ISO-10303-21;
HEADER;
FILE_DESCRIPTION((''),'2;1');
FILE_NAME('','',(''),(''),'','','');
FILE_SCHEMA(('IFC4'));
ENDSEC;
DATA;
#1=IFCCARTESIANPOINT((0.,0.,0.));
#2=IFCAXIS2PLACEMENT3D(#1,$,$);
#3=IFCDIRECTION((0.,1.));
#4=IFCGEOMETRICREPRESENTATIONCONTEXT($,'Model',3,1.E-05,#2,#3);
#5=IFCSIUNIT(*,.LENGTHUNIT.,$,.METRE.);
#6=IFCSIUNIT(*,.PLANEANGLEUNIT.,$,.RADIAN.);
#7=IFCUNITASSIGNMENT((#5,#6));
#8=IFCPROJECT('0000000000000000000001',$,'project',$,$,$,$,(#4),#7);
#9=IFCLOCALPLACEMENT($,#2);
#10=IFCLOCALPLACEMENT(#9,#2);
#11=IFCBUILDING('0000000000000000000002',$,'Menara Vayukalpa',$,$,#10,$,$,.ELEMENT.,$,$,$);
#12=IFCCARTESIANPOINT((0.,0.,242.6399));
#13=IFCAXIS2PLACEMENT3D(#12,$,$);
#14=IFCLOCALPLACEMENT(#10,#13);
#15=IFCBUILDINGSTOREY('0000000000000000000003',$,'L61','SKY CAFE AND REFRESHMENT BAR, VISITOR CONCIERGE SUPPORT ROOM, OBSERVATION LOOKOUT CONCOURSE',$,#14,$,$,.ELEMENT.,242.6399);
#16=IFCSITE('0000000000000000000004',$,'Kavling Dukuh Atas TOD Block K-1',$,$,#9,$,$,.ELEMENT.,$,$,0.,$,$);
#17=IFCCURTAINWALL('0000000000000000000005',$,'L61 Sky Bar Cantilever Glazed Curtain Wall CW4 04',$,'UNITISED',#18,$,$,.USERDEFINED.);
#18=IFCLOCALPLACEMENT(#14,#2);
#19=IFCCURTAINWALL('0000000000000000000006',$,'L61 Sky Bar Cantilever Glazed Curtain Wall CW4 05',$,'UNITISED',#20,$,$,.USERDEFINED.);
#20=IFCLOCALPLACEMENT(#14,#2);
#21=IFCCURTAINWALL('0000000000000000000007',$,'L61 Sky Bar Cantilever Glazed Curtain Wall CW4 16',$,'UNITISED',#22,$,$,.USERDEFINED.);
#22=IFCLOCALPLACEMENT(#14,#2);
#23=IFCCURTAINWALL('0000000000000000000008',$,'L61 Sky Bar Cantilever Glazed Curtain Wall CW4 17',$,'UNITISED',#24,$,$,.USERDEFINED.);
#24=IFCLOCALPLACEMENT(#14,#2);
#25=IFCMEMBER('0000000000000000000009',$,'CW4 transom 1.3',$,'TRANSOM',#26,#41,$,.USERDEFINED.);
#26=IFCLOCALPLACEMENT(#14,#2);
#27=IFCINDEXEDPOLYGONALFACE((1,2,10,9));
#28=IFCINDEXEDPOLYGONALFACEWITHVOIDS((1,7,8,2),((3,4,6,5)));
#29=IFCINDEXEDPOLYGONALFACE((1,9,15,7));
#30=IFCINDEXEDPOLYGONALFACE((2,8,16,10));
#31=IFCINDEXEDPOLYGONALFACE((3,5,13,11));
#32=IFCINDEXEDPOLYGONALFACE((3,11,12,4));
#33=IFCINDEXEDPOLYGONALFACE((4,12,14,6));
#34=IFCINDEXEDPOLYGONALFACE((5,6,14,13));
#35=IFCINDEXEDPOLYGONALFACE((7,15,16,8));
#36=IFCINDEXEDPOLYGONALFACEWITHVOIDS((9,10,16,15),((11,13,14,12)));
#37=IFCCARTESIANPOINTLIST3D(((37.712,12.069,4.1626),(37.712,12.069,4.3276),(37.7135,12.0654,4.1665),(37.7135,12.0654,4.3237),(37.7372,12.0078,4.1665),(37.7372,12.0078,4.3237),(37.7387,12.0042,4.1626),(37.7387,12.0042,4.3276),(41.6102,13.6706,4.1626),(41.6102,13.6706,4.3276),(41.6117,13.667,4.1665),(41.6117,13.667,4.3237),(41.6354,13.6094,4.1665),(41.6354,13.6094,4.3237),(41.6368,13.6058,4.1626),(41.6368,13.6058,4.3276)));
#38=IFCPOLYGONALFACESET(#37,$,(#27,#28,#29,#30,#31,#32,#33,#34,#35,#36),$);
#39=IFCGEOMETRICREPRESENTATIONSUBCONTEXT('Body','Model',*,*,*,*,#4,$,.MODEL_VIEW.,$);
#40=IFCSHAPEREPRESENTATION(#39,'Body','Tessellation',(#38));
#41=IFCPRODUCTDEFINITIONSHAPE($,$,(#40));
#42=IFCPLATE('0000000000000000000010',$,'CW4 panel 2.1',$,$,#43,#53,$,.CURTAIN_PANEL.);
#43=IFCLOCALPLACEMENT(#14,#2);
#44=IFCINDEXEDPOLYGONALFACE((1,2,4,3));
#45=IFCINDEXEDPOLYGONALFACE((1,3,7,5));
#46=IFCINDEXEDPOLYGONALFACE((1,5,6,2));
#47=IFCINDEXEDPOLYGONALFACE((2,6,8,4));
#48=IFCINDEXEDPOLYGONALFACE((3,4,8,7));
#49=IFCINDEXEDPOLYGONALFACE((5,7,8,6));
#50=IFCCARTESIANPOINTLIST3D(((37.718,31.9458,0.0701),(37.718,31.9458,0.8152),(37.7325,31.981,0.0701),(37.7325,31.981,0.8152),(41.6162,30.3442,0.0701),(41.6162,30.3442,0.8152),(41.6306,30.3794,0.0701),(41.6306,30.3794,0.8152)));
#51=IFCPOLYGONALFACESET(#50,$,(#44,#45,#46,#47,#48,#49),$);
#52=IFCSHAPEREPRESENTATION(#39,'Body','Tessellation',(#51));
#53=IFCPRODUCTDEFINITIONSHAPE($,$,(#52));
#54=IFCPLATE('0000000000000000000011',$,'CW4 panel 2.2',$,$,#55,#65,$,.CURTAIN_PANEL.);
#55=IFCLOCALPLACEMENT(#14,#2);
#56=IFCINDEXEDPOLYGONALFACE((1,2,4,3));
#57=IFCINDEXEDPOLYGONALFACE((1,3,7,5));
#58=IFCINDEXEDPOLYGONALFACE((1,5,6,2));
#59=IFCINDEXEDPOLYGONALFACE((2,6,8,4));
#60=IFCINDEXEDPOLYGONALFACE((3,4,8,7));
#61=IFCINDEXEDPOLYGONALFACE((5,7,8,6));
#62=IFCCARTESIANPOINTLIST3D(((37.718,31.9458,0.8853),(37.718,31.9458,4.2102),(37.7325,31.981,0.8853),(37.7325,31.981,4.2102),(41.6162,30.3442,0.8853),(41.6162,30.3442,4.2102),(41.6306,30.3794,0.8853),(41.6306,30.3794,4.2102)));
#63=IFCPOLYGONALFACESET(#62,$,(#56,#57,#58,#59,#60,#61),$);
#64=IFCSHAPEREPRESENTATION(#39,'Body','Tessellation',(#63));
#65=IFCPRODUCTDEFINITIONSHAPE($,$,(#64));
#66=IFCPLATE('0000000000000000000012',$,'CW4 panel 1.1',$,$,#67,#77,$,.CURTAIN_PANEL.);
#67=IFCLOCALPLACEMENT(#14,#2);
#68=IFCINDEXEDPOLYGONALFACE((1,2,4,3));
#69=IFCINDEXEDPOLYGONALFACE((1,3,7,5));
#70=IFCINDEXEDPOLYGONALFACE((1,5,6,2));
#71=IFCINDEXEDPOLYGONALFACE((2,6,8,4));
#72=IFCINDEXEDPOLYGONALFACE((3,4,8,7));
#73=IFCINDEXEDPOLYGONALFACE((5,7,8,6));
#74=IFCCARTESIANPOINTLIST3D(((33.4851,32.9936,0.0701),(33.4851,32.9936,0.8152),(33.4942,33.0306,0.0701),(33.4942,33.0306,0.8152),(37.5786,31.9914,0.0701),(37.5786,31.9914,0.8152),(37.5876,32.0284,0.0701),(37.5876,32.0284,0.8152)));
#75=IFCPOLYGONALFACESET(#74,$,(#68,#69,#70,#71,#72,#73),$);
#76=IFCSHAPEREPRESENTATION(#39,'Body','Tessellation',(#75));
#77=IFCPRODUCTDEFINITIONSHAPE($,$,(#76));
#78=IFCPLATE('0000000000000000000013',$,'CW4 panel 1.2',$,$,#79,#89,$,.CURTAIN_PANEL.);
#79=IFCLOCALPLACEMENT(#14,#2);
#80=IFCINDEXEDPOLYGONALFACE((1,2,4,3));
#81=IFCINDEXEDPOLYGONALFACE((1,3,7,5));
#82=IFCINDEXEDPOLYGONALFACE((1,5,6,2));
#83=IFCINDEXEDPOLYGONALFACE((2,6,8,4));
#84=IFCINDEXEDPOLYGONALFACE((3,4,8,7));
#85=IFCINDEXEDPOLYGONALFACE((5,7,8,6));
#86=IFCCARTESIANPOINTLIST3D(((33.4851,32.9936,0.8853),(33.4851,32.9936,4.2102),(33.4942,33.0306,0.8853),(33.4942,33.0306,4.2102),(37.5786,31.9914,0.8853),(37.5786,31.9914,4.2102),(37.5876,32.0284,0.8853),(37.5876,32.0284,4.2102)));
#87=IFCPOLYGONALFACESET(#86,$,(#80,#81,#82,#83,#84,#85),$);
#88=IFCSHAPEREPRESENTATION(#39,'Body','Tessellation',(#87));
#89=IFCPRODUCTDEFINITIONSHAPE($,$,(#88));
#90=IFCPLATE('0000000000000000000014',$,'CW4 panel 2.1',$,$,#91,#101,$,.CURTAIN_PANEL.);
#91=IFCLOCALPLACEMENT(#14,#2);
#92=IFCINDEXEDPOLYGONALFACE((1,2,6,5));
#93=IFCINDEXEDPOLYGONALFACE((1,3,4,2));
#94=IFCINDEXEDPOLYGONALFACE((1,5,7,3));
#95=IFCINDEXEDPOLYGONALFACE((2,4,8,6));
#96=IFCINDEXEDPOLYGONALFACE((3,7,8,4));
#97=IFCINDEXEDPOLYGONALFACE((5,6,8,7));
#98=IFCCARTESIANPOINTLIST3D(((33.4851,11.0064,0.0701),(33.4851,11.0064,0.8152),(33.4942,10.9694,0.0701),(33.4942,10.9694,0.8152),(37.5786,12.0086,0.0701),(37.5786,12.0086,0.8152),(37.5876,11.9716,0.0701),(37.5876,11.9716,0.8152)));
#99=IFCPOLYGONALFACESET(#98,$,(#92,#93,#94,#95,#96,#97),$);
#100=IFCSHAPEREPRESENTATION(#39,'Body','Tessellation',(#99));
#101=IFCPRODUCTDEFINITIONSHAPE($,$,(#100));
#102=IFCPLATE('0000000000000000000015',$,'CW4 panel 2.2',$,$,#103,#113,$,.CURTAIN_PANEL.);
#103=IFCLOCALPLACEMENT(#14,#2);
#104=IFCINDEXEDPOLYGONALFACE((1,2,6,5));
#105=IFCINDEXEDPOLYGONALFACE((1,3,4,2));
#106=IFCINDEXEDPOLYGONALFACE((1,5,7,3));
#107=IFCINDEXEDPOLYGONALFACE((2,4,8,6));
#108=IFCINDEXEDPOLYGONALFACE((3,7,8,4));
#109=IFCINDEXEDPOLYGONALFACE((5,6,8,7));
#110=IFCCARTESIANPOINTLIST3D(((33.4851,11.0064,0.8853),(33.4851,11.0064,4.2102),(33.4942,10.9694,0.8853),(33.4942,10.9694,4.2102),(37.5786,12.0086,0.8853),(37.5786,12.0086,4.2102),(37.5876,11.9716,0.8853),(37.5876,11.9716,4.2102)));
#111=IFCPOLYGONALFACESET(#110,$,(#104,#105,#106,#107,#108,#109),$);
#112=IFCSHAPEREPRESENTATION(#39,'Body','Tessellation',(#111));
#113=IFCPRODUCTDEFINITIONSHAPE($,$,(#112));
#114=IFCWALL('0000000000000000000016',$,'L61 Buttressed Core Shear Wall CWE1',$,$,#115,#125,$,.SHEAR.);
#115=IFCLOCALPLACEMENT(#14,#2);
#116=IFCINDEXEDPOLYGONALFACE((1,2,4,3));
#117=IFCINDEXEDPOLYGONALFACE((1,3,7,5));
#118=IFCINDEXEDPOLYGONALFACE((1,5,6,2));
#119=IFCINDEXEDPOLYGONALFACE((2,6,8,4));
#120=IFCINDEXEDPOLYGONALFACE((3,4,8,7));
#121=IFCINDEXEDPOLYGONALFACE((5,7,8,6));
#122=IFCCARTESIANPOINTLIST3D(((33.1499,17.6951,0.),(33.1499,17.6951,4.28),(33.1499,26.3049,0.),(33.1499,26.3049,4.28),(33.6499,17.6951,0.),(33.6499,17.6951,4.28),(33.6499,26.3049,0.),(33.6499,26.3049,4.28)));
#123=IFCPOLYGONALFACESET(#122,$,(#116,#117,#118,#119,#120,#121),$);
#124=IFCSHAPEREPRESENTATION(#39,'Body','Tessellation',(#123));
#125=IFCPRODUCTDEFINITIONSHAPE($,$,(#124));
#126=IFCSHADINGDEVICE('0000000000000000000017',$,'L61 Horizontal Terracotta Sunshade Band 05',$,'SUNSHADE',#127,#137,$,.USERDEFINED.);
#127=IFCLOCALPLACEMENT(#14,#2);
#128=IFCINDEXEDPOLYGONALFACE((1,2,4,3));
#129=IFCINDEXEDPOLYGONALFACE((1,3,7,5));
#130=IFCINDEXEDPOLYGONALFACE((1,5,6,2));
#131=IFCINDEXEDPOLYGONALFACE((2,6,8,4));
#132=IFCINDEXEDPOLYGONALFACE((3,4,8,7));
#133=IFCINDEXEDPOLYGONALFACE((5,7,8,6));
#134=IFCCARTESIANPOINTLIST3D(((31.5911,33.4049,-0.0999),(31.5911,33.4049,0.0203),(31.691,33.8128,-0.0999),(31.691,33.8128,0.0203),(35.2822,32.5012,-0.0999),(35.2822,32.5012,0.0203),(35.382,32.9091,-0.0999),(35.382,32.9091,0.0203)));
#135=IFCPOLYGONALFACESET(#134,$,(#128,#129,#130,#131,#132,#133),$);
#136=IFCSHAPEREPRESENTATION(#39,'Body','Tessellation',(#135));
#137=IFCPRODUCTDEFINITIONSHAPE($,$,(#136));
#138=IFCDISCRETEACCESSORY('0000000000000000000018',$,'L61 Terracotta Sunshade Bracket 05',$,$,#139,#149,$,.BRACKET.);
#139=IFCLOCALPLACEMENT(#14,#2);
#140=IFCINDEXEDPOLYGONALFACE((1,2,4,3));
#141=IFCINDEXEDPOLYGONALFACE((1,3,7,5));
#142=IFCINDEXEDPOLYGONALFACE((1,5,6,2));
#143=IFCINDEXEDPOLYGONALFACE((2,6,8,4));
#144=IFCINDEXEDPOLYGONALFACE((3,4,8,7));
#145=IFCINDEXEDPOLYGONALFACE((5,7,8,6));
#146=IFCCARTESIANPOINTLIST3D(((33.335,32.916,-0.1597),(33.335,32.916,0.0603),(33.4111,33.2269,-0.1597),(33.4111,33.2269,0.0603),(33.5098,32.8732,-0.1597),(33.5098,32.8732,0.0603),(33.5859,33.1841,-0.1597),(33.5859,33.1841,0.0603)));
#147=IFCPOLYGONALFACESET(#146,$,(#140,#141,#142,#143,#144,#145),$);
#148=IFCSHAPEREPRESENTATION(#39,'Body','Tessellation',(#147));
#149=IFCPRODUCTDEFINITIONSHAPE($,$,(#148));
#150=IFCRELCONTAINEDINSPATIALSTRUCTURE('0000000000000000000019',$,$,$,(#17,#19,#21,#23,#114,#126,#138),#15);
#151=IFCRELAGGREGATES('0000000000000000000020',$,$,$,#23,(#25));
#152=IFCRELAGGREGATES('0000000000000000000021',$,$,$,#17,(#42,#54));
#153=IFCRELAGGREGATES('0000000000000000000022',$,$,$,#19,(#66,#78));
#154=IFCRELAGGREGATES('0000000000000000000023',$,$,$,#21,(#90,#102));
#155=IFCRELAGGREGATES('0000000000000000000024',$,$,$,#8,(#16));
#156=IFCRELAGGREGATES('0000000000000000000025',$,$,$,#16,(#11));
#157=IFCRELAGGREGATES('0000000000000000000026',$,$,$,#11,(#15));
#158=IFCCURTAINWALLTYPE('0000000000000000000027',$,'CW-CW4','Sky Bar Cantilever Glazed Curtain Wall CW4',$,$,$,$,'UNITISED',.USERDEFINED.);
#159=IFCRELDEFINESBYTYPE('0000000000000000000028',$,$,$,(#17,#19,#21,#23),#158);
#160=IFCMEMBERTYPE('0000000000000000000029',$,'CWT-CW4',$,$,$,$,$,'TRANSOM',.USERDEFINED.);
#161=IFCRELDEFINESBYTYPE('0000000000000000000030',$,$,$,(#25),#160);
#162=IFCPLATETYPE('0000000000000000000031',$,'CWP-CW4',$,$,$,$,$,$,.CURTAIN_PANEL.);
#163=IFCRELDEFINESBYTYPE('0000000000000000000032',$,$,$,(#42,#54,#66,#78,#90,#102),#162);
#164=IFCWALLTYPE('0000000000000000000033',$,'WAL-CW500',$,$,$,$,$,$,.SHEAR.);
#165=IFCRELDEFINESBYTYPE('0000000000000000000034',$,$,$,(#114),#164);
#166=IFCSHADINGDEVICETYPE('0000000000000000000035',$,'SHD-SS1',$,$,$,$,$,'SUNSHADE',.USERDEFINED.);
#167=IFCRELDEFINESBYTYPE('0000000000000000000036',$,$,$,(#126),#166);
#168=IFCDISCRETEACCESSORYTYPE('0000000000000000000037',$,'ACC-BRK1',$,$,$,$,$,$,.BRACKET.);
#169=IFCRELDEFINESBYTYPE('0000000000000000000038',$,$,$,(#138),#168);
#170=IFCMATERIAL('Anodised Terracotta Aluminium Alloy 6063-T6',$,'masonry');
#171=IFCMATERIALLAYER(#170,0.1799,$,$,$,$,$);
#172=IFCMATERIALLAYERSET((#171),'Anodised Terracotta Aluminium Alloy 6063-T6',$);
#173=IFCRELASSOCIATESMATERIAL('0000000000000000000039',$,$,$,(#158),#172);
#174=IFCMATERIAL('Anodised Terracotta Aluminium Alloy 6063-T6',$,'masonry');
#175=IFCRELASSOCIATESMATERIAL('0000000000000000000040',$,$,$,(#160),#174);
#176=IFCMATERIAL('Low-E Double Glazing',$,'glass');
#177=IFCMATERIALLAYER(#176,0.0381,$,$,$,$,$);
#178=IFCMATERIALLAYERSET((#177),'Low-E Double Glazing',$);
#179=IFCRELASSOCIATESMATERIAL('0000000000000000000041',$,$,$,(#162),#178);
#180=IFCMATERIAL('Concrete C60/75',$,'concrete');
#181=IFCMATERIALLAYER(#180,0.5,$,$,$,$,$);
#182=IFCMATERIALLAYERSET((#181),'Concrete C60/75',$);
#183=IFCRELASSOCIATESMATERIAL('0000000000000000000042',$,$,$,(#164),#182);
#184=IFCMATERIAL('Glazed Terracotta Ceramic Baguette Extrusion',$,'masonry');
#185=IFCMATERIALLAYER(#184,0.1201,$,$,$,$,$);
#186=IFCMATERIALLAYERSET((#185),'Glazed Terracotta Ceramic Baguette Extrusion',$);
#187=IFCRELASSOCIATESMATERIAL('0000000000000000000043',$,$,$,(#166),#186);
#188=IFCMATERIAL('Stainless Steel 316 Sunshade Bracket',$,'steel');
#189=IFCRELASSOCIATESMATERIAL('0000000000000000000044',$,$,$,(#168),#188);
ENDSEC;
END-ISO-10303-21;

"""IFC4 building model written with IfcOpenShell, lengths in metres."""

from ifc_helpers import new_model, si_unit, direction, frame, frame_2d, origin, origin_2d, place, context, subcontext, project, spatial, rectangle, hollow_rectangle, extrude, material, layer, layer_set, material_profile, profile_set, type_object, element, aggregate, save


model = new_model("IFC4")

# Units and contexts
model_context = context("Model", 3, precision=1e-05, world=origin(), true_north=direction((0.0, 1.0)))
body_context = subcontext(model_context, "Body", "Model", "MODEL_VIEW")
ifc_project = project(units=[si_unit("LENGTHUNIT", "METRE"), si_unit("PLANEANGLEUNIT", "RADIAN")], contexts=[model_context])

# Site, building, storey
site_placement = place(None, origin())
site = spatial("IfcSite", under=ifc_project, at=site_placement, Name="Kavling Dukuh Atas TOD Block K-1", CompositionType="ELEMENT", RefElevation=0.0)
building_placement = place(site_placement, origin())
building = spatial("IfcBuilding", under=site, at=building_placement, Name="Menara Vayukalpa", CompositionType="ELEMENT")
storey_placement = place(building_placement, frame((0.0, 0.0, 242.6399)))
storey = spatial("IfcBuildingStorey", under=building, at=storey_placement, Name="L61", Description="SKY CAFE AND REFRESHMENT BAR, VISITOR CONCIERGE SUPPORT ROOM, OBSERVATION LOOKOUT CONCOURSE", CompositionType="ELEMENT", Elevation=242.6399)

# Curtain wall
ifc_material_1 = material(Name="Anodised Terracotta Aluminium Alloy 6063-T6", Category="masonry")
ifc_layer_1 = layer(ifc_material_1, 0.1799)
ifc_layer_set_1 = layer_set([ifc_layer_1], Name="Anodised Terracotta Aluminium Alloy 6063-T6")
curtain_wall_type = type_object("IfcCurtainWallType", Name="CW-CW4", Description="Sky Bar Cantilever Glazed Curtain Wall CW4", ElementType="UNITISED", PredefinedType="USERDEFINED", material=ifc_layer_set_1)
curtain_wall_1_placement = place(storey_placement, origin())
curtain_wall_1 = element("IfcCurtainWall", 1, at=curtain_wall_1_placement, inside=storey, type_object=curtain_wall_type, Name="L61 Sky Bar Cantilever Glazed Curtain Wall CW4 04", ObjectType="UNITISED", PredefinedType="USERDEFINED")

# Curtain walls
curtain_wall_2_placement = place(storey_placement, origin())
curtain_wall_2 = element("IfcCurtainWall", 2, at=curtain_wall_2_placement, inside=storey, type_object=curtain_wall_type, Name="L61 Sky Bar Cantilever Glazed Curtain Wall CW4 05", ObjectType="UNITISED", PredefinedType="USERDEFINED")
curtain_wall_3_placement = place(storey_placement, origin())
curtain_wall_3 = element("IfcCurtainWall", 3, at=curtain_wall_3_placement, inside=storey, type_object=curtain_wall_type, Name="L61 Sky Bar Cantilever Glazed Curtain Wall CW4 16", ObjectType="UNITISED", PredefinedType="USERDEFINED")

# Curtain wall
curtain_wall_4_placement = place(storey_placement, origin())
curtain_wall_4 = element("IfcCurtainWall", 4, at=curtain_wall_4_placement, inside=storey, type_object=curtain_wall_type, Name="L61 Sky Bar Cantilever Glazed Curtain Wall CW4 17", ObjectType="UNITISED", PredefinedType="USERDEFINED")

# Member
ifc_material_2 = material(Name="Anodised Terracotta Aluminium Alloy 6063-T6", Category="masonry")
ifc_material_profile_1 = material_profile(ifc_material_2, hollow_rectangle(XDim=0.0701, YDim=0.165, WallThickness=0.0039, at=origin_2d()), Name="ALU 70x165x4")
ifc_profile_set_1 = profile_set([ifc_material_profile_1], Name="Anodised Terracotta Aluminium Alloy 6063-T6")
member_type_1 = type_object("IfcMemberType", Name="CWT-CW4", ElementType="TRANSOM", PredefinedType="USERDEFINED", material=ifc_profile_set_1)
member_1_placement = place(storey_placement, frame((37.7253, 12.0366, 4.2451), z_axis=(0.924977, 0.380024, 0.0), x_axis=(-0.380024, 0.924977, 0.0)))
member_1 = element("IfcMember", 5, at=member_1_placement, type_object=member_type_1, Name="CW4 transom 1.3", ObjectType="TRANSOM", PredefinedType="USERDEFINED", context=body_context, shape_type="SweptSolid", body=[
    extrude(hollow_rectangle(XDim=0.0701, YDim=0.165, WallThickness=0.0039, at=origin_2d()), origin(), (0.0, 0.0, 1.0), 4.2144),
])
aggregate(curtain_wall_4, [member_1])

# Plates
ifc_material_3 = material(Name="Low-E Double Glazing", Category="glass")
ifc_layer_2 = layer(ifc_material_3, 0.0381)
ifc_layer_set_2 = layer_set([ifc_layer_2], Name="Low-E Double Glazing")
plate_type = type_object("IfcPlateType", Name="CWP-CW4", PredefinedType="CURTAIN_PANEL", material=ifc_layer_set_2)
plate_1_placement = place(storey_placement, frame((39.6743, 31.1626, 0.0701), z_axis=(0.0, 0.0, 1.0), x_axis=(-0.92497, 0.380039, 0.0)))
plate_1 = element("IfcPlate", 6, at=plate_1_placement, type_object=plate_type, Name="CW4 panel 2.1", PredefinedType="CURTAIN_PANEL", context=body_context, shape_type="SweptSolid", body=[
    extrude(rectangle(XDim=4.2144, YDim=0.0381, at=origin_2d()), origin(), (0.0, 0.0, 1.0), 0.7451),
])
plate_2_placement = place(storey_placement, frame((39.6743, 31.1626, 0.8853), z_axis=(0.0, 0.0, 1.0), x_axis=(-0.92497, 0.380039, 0.0)))
plate_2 = element("IfcPlate", 7, at=plate_2_placement, type_object=plate_type, Name="CW4 panel 2.2", PredefinedType="CURTAIN_PANEL", context=body_context, shape_type="SweptSolid", body=[
    extrude(rectangle(XDim=4.2144, YDim=0.0381, at=origin_2d()), origin(), (0.0, 0.0, 1.0), 3.325),
])
aggregate(curtain_wall_1, [plate_1, plate_2])
plate_3_placement = place(storey_placement, frame((35.5364, 32.511, 0.0701), z_axis=(0.0, 0.0, 1.0), x_axis=(-0.971312, 0.23781, 0.0)))
plate_3 = element("IfcPlate", 8, at=plate_3_placement, type_object=plate_type, Name="CW4 panel 1.1", PredefinedType="CURTAIN_PANEL", context=body_context, shape_type="SweptSolid", body=[
    extrude(rectangle(XDim=4.2144, YDim=0.0381, at=origin_2d()), origin(), (0.0, 0.0, 1.0), 0.7451),
])
plate_4_placement = place(storey_placement, frame((35.5364, 32.511, 0.8853), z_axis=(0.0, 0.0, 1.0), x_axis=(-0.971312, 0.23781, 0.0)))
plate_4 = element("IfcPlate", 9, at=plate_4_placement, type_object=plate_type, Name="CW4 panel 1.2", PredefinedType="CURTAIN_PANEL", context=body_context, shape_type="SweptSolid", body=[
    extrude(rectangle(XDim=4.2144, YDim=0.0381, at=origin_2d()), origin(), (0.0, 0.0, 1.0), 3.325),
])
aggregate(curtain_wall_2, [plate_3, plate_4])
plate_5_placement = place(storey_placement, frame((35.5364, 11.489, 0.0701), z_axis=(0.0, 0.0, 1.0), x_axis=(0.971312, 0.23781, 0.0)))
plate_5 = element("IfcPlate", 10, at=plate_5_placement, type_object=plate_type, Name="CW4 panel 2.1", PredefinedType="CURTAIN_PANEL", context=body_context, shape_type="SweptSolid", body=[
    extrude(rectangle(XDim=4.2144, YDim=0.0381, at=origin_2d()), origin(), (0.0, 0.0, 1.0), 0.7451),
])
plate_6_placement = place(storey_placement, frame((35.5364, 11.489, 0.8853), z_axis=(0.0, 0.0, 1.0), x_axis=(0.971312, 0.23781, 0.0)))
plate_6 = element("IfcPlate", 11, at=plate_6_placement, type_object=plate_type, Name="CW4 panel 2.2", PredefinedType="CURTAIN_PANEL", context=body_context, shape_type="SweptSolid", body=[
    extrude(rectangle(XDim=4.2144, YDim=0.0381, at=origin_2d()), origin(), (0.0, 0.0, 1.0), 3.325),
])
aggregate(curtain_wall_3, [plate_5, plate_6])

# Wall
ifc_material_4 = material(Name="Concrete C60/75", Category="concrete")
ifc_layer_3 = layer(ifc_material_4, 0.5)
ifc_layer_set_3 = layer_set([ifc_layer_3], Name="Concrete C60/75")
wall_type = type_object("IfcWallType", Name="WAL-CW500", PredefinedType="SHEAR", material=ifc_layer_set_3)
wall_placement = place(storey_placement, frame((33.3999, 17.6951, 0.0), z_axis=(0.0, 0.0, 1.0), x_axis=(0.0, 1.0, 0.0)))
element("IfcWall", 12, at=wall_placement, inside=storey, type_object=wall_type, Name="L61 Buttressed Core Shear Wall CWE1", PredefinedType="SHEAR", context=body_context, shape_type="SweptSolid", body=[
    extrude(rectangle(XDim=8.6099, YDim=0.5, at=frame_2d((4.3049, 0.0))), origin(), (0.0, 0.0, 1.0), 4.28),
])

# Shading device
ifc_material_5 = material(Name="Glazed Terracotta Ceramic Baguette Extrusion", Category="masonry")
ifc_layer_4 = layer(ifc_material_5, 0.1201)
ifc_layer_set_4 = layer_set([ifc_layer_4], Name="Glazed Terracotta Ceramic Baguette Extrusion")
shading_device_type = type_object("IfcShadingDeviceType", Name="SHD-SS1", ElementType="SUNSHADE", PredefinedType="USERDEFINED", material=ifc_layer_set_4)
shading_device_placement = place(storey_placement, frame((33.4866, 33.157, -0.0999), z_axis=(0.0, 0.0, 1.0), x_axis=(-0.971313, 0.237805, 0.0)))
element("IfcShadingDevice", 13, at=shading_device_placement, inside=storey, type_object=shading_device_type, Name="L61 Horizontal Terracotta Sunshade Band 05", ObjectType="SUNSHADE", PredefinedType="USERDEFINED", context=body_context, shape_type="SweptSolid", body=[
    extrude(rectangle(XDim=3.8, YDim=0.4199, at=origin_2d()), origin(), (0.0, 0.0, 1.0), 0.1201),
])

# Discrete accessory
ifc_material_6 = material(Name="Stainless Steel 316 Sunshade Bracket", Category="steel")
discrete_accessory_type = type_object("IfcDiscreteAccessoryType", Name="ACC-BRK1", PredefinedType="BRACKET", material=ifc_material_6)
discrete_accessory_placement = place(storey_placement, frame((33.4604, 33.05, -0.1597), z_axis=(0.0, 0.0, 1.0), x_axis=(-0.971313, 0.237805, 0.0)))
element("IfcDiscreteAccessory", 14, at=discrete_accessory_placement, inside=storey, type_object=discrete_accessory_type, Name="L61 Terracotta Sunshade Bracket 05", PredefinedType="BRACKET", context=body_context, shape_type="SweptSolid", body=[
    extrude(rectangle(XDim=0.1799, YDim=0.3201, at=origin_2d()), origin(), (0.0, 0.0, 1.0), 0.22),
])

save(model, "model.ifc")
